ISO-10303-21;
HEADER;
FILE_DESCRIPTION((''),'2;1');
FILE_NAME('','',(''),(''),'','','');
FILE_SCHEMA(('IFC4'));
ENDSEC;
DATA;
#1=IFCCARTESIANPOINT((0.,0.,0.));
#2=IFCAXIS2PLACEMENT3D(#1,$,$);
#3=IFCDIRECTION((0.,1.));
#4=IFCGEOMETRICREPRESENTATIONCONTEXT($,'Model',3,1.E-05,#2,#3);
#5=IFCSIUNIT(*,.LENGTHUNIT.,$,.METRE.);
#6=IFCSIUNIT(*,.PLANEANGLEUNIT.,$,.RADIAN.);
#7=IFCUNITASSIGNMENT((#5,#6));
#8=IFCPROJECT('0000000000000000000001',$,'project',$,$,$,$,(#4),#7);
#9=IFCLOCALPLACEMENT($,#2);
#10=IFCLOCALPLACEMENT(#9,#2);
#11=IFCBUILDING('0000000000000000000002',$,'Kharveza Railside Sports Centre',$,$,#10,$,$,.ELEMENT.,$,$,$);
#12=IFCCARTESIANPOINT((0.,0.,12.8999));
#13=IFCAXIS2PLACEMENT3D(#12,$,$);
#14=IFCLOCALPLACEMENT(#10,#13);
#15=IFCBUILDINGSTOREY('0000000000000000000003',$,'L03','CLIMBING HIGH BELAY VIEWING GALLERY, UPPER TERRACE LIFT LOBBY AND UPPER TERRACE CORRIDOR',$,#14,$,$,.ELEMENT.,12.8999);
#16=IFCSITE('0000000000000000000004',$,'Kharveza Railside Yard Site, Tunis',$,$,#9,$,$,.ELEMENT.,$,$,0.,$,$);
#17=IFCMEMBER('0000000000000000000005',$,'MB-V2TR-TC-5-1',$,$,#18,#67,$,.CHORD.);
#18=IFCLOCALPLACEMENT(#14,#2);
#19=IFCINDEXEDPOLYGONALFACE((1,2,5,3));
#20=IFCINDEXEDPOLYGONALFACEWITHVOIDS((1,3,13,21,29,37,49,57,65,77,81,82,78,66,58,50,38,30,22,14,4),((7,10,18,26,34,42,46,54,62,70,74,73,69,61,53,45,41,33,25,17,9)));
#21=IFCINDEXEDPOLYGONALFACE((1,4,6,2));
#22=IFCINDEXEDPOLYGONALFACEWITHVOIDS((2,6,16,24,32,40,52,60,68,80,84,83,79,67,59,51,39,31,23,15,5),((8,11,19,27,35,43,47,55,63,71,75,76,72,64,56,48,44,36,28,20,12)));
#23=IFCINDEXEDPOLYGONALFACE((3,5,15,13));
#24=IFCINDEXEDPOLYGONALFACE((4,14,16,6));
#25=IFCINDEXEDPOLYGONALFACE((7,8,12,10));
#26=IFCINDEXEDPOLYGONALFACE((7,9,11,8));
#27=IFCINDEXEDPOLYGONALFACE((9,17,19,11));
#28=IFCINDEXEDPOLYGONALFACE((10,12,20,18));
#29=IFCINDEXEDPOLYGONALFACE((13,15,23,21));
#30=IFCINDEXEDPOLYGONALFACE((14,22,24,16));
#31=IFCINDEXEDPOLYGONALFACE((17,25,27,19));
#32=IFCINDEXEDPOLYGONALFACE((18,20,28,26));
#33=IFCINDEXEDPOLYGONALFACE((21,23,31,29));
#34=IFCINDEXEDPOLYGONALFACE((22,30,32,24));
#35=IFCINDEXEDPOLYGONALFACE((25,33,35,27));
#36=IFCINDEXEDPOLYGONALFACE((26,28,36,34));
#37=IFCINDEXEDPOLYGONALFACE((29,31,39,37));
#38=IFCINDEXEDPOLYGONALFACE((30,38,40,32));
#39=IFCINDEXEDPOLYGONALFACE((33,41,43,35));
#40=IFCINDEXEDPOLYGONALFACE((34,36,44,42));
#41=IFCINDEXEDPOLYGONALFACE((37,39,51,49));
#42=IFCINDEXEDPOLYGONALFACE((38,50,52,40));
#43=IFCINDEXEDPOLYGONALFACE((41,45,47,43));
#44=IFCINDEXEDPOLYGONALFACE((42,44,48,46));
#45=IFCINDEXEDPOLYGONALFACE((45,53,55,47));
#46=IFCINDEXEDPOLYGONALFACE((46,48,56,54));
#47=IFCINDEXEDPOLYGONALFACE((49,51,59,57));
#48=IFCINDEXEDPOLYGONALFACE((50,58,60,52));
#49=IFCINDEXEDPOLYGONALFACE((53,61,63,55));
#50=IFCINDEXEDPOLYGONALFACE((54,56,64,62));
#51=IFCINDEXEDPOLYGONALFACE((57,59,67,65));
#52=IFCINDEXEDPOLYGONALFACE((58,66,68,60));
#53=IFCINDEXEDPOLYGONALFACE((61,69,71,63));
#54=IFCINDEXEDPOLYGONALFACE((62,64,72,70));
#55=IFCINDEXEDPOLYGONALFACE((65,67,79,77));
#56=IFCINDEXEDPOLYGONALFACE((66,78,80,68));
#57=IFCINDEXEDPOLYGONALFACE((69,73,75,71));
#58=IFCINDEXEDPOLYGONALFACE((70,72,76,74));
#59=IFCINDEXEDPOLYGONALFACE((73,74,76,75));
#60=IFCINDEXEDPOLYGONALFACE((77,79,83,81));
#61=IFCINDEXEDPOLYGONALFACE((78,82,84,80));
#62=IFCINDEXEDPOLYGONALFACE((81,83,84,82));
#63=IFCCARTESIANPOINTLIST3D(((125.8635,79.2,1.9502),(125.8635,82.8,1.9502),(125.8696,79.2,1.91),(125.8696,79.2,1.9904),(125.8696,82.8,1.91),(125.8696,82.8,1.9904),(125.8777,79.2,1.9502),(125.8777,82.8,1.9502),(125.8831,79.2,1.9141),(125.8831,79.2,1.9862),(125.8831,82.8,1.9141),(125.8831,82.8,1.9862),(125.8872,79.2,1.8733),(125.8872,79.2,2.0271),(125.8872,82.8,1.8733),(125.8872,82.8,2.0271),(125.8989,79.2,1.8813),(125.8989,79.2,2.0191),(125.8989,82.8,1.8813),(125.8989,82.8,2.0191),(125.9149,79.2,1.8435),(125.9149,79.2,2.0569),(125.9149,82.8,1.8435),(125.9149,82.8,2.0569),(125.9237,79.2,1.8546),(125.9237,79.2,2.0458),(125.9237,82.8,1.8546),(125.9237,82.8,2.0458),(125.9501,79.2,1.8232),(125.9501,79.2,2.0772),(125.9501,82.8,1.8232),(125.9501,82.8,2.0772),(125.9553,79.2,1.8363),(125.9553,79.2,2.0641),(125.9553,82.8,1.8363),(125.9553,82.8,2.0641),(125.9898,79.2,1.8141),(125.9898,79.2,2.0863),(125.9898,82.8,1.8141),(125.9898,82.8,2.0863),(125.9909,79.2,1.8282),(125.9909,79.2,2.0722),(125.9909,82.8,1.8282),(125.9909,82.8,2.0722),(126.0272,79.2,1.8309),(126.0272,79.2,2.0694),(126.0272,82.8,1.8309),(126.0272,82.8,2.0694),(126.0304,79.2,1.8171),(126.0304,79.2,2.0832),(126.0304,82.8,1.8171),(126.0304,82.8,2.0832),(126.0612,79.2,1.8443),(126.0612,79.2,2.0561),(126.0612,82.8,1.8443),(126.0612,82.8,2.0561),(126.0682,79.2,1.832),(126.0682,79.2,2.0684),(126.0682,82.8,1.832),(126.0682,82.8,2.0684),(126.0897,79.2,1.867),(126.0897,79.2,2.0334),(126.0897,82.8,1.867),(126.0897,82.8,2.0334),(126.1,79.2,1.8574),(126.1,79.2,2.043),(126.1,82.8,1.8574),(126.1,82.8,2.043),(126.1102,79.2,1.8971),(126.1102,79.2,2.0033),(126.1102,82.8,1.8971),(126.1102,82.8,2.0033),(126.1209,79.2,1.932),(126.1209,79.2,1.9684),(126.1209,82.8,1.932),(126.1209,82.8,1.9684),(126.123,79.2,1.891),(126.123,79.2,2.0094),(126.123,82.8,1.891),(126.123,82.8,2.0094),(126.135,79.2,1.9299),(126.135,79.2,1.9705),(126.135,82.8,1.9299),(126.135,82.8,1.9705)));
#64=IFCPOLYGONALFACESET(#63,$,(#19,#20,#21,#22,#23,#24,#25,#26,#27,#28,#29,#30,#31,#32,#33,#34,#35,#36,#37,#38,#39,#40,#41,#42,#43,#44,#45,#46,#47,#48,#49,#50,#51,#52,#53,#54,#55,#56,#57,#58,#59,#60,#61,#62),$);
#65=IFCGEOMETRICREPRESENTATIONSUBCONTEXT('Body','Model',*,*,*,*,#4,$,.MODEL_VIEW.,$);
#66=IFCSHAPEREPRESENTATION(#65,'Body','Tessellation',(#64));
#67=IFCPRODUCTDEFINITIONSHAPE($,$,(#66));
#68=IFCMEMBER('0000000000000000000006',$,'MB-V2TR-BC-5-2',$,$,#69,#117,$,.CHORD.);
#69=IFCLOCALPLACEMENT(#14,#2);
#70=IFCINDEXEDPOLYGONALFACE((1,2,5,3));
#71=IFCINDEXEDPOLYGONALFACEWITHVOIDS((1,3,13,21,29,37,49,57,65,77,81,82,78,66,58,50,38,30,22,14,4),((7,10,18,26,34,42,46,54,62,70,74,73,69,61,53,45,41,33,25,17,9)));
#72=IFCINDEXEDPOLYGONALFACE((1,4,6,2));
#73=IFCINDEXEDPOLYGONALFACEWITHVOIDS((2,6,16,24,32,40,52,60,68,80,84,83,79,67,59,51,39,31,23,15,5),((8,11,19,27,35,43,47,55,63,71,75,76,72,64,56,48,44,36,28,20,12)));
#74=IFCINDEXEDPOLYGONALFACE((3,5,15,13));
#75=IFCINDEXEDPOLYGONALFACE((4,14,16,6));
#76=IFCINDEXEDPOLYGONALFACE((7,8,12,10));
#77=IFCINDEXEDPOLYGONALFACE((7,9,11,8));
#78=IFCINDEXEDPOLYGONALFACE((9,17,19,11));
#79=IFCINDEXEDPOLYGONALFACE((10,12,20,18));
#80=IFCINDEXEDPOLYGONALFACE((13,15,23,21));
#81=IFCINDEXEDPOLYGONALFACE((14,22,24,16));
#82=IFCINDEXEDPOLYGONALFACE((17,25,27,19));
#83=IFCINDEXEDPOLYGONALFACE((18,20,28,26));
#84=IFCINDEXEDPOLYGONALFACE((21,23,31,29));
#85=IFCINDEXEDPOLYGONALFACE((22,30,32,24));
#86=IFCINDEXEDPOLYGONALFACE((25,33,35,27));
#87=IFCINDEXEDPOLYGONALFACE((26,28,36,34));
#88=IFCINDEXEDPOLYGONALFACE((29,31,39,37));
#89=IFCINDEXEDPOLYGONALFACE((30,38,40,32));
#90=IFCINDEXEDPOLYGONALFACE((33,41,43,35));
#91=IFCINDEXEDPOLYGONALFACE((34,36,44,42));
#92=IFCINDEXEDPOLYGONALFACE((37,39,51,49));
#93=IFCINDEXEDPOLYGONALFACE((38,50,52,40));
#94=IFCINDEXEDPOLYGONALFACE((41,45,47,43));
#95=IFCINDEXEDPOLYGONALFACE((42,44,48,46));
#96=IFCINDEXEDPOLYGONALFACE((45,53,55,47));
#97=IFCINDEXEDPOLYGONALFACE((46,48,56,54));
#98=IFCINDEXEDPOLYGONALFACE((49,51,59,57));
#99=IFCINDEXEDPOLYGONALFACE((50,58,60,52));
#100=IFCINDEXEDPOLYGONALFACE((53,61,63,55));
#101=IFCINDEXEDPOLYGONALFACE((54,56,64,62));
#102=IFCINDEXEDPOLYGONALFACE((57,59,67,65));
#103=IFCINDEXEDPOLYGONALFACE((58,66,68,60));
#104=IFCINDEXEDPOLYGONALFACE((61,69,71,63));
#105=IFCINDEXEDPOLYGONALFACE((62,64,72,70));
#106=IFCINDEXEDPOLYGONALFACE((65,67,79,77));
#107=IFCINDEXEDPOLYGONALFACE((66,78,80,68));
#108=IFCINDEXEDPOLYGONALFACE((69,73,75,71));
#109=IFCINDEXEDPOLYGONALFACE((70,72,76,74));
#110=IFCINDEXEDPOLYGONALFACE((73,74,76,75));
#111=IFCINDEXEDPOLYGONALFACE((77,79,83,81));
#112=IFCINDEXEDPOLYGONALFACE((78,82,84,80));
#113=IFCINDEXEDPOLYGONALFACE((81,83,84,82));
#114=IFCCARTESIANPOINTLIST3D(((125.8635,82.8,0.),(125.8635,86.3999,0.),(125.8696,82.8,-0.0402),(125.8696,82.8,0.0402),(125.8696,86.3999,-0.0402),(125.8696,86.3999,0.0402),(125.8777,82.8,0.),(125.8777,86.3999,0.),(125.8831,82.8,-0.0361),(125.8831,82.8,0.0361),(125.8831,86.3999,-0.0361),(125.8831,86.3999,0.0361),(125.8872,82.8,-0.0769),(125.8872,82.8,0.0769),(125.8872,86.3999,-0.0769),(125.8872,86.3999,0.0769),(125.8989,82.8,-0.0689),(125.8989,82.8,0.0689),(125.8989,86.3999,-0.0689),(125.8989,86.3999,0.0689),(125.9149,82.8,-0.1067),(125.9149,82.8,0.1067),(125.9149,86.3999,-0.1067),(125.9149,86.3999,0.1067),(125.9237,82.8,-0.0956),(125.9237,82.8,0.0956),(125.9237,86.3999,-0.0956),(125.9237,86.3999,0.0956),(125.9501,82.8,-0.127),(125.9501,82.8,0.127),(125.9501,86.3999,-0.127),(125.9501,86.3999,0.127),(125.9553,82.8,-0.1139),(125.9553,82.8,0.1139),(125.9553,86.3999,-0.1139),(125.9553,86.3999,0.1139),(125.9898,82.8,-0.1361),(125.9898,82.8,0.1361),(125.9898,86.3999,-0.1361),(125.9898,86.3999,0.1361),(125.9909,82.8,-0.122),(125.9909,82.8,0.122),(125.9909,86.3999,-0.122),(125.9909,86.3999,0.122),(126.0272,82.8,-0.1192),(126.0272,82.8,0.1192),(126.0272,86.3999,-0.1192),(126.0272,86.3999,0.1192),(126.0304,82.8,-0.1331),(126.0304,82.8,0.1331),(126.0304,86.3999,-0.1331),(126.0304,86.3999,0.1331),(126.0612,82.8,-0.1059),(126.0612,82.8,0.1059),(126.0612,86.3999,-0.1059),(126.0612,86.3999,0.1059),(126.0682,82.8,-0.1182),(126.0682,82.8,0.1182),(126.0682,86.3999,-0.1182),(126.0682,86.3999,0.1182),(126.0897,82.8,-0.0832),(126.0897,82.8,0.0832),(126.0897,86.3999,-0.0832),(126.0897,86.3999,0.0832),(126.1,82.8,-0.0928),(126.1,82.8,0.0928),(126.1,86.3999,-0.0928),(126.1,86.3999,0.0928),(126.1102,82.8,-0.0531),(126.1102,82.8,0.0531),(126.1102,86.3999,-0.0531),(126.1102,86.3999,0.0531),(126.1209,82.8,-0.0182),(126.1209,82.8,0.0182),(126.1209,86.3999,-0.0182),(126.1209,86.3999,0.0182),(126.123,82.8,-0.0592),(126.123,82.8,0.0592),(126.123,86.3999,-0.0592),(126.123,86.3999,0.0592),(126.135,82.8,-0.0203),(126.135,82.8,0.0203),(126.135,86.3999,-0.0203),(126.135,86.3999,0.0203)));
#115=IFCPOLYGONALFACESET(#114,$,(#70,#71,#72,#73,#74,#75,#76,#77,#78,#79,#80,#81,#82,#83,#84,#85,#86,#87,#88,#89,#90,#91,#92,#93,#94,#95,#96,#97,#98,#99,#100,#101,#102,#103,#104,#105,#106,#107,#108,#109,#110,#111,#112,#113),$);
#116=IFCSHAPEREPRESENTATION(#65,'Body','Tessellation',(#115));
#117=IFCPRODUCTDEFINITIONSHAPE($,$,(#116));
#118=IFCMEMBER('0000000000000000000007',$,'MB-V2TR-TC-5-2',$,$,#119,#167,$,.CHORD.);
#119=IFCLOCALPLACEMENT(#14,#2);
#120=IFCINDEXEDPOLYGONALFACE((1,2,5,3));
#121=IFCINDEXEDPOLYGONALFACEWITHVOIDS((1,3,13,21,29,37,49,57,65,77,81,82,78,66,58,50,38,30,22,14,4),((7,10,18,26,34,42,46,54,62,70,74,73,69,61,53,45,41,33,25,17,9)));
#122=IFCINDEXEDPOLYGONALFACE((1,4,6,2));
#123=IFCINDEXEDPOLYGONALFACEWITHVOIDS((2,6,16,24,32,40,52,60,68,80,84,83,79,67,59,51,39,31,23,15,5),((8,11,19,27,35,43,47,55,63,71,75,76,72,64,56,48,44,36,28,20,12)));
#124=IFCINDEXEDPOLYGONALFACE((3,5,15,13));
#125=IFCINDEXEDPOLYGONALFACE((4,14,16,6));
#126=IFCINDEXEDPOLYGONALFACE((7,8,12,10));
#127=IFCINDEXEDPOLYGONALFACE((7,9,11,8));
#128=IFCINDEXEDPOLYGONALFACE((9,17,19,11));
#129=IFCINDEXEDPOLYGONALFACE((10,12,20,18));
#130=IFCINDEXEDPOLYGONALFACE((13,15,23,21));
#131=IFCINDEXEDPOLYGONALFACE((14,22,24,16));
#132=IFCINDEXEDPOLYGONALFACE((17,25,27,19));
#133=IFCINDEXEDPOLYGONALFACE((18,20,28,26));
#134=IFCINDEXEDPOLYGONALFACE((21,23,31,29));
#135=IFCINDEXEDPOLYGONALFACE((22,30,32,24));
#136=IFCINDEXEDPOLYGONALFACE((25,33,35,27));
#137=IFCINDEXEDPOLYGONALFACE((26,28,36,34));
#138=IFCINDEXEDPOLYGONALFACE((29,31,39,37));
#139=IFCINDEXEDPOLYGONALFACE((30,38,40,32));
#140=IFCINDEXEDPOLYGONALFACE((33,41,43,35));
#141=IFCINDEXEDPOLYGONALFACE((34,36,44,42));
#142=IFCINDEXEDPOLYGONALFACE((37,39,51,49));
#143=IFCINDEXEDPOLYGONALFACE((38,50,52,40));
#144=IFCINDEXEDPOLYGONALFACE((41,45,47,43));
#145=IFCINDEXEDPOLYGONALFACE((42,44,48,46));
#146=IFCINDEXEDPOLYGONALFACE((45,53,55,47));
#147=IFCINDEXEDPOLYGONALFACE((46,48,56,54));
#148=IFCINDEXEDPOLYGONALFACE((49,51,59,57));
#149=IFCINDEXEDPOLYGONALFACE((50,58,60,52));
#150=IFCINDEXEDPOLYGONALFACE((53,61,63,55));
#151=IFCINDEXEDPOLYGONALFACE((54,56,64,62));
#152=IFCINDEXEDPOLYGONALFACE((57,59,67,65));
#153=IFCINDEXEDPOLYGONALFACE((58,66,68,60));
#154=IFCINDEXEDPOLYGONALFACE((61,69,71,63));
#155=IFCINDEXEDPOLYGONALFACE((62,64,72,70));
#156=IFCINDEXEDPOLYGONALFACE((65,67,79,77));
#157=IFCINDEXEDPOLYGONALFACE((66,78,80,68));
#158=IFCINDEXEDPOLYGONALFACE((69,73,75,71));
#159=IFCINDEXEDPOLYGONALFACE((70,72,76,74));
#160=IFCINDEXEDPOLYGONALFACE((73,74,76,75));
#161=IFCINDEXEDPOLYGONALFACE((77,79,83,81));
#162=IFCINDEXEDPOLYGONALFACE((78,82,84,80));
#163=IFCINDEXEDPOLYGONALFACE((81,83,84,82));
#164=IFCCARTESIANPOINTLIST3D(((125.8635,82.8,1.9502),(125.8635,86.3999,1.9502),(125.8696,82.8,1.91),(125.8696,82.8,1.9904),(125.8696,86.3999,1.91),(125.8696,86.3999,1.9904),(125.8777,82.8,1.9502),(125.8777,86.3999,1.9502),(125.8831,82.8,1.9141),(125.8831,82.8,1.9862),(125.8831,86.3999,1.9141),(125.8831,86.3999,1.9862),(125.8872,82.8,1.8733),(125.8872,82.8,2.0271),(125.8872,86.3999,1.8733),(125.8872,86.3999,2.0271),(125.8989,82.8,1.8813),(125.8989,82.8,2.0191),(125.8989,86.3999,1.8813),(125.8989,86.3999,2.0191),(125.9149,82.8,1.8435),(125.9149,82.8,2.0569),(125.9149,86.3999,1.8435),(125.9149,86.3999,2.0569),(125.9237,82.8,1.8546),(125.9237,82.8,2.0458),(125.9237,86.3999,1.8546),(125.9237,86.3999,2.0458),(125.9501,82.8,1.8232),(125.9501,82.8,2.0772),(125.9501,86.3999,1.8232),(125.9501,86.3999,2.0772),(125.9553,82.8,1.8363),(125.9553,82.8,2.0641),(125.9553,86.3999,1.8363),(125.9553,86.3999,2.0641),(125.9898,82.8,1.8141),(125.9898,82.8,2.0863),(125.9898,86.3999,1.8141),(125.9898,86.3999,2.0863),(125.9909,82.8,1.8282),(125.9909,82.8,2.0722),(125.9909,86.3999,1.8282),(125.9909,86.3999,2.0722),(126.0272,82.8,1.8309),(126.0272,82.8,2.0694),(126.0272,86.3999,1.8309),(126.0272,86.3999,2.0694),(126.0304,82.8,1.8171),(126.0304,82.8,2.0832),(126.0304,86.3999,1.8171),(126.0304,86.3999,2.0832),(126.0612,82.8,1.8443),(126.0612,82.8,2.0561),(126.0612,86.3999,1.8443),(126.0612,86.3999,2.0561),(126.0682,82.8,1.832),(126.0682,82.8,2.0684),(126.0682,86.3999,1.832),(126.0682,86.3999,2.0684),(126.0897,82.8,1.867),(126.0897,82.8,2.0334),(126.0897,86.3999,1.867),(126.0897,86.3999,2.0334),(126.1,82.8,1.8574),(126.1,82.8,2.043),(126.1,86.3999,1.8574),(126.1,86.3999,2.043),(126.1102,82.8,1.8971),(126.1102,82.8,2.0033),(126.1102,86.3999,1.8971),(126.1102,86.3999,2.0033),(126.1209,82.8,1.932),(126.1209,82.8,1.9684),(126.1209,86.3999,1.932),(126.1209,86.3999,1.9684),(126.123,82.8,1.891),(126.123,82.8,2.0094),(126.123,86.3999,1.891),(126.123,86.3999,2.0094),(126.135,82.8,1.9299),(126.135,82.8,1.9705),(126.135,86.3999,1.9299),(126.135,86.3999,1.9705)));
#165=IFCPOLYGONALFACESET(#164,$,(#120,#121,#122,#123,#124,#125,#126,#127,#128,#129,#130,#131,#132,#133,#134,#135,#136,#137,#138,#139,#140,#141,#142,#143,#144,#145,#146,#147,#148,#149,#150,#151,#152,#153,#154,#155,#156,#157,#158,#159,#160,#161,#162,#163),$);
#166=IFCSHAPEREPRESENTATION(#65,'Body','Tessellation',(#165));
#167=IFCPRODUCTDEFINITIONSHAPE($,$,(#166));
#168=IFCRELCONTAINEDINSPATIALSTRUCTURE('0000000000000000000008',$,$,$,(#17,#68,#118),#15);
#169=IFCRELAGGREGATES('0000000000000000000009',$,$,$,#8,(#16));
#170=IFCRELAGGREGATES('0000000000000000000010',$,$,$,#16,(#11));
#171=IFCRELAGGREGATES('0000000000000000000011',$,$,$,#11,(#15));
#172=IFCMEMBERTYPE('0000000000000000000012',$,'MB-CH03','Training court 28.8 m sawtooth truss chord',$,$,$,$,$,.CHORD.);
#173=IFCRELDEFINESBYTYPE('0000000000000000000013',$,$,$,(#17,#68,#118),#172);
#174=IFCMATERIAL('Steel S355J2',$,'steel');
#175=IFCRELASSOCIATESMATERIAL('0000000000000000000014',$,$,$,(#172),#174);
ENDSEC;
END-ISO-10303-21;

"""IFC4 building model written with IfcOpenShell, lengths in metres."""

from ifc_helpers import new_model, si_unit, direction, frame, origin, origin_2d, place, context, subcontext, project, spatial, hollow_circle, extrude, material, material_profile, profile_set, type_object, element, save


model = new_model("IFC4")

# Units and contexts
model_context = context("Model", 3, precision=1e-05, world=origin(), true_north=direction((0.0, 1.0)))
body_context = subcontext(model_context, "Body", "Model", "MODEL_VIEW")
ifc_project = project(units=[si_unit("LENGTHUNIT", "METRE"), si_unit("PLANEANGLEUNIT", "RADIAN")], contexts=[model_context])

# Site, building, storey
site_placement = place(None, origin())
site = spatial("IfcSite", under=ifc_project, at=site_placement, Name="Kharveza Railside Yard Site, Tunis", CompositionType="ELEMENT", RefElevation=0.0)
building_placement = place(site_placement, origin())
building = spatial("IfcBuilding", under=site, at=building_placement, Name="Kharveza Railside Sports Centre", CompositionType="ELEMENT")
storey_placement = place(building_placement, frame((0.0, 0.0, 12.8999)))
storey = spatial("IfcBuildingStorey", under=building, at=storey_placement, Name="L03", Description="CLIMBING HIGH BELAY VIEWING GALLERY, UPPER TERRACE LIFT LOBBY AND UPPER TERRACE CORRIDOR", CompositionType="ELEMENT", Elevation=12.8999)

# Shared definitions
ifc_material_1 = material(Name="Steel S355J2", Category="steel")

# Members
ifc_material_profile_1 = material_profile(ifc_material_1, hollow_circle(Radius=0.1365, WallThickness=0.0142, at=origin_2d()), Name="CHS 273.0x14.2")
ifc_profile_set_1 = profile_set([ifc_material_profile_1], Name="Steel S355J2")
member_type_1 = type_object("IfcMemberType", Name="MB-CH03", Description="Training court 28.8 m sawtooth truss chord", PredefinedType="CHORD", material=ifc_profile_set_1)
for number, where, z_axis, x_axis, name in (
    (1, (126.0, 79.2, 1.9502), (0.0, 1.0, 0.0), (-1.0, 0.0, 0.0), "MB-V2TR-TC-5-1"),
):
    element("IfcMember", number, at=place(storey_placement, frame(where, z_axis=z_axis, x_axis=x_axis)), inside=storey, type_object=member_type_1, Name=name, PredefinedType="CHORD", context=body_context, shape_type="SweptSolid", body=[
        extrude(hollow_circle(Radius=0.1365, WallThickness=0.0142, at=origin_2d()), origin(), (0.0, 0.0, 1.0), 3.6001),
    ])
for number, where, z_axis, x_axis, name in (
    (2, (126.0, 82.8, 0.0), (0.0, 1.0, 0.0), (-1.0, 0.0, 0.0), "MB-V2TR-BC-5-2"),
    (3, (126.0, 82.8, 1.9502), (0.0, 1.0, 0.0), (-1.0, 0.0, 0.0), "MB-V2TR-TC-5-2"),
):
    element("IfcMember", number, at=place(storey_placement, frame(where, z_axis=z_axis, x_axis=x_axis)), inside=storey, type_object=member_type_1, Name=name, PredefinedType="CHORD", context=body_context, shape_type="SweptSolid", body=[
        extrude(hollow_circle(Radius=0.1365, WallThickness=0.0142, at=origin_2d()), origin(), (0.0, 0.0, 1.0), 3.5999),
    ])

save(model, "model.ifc")
